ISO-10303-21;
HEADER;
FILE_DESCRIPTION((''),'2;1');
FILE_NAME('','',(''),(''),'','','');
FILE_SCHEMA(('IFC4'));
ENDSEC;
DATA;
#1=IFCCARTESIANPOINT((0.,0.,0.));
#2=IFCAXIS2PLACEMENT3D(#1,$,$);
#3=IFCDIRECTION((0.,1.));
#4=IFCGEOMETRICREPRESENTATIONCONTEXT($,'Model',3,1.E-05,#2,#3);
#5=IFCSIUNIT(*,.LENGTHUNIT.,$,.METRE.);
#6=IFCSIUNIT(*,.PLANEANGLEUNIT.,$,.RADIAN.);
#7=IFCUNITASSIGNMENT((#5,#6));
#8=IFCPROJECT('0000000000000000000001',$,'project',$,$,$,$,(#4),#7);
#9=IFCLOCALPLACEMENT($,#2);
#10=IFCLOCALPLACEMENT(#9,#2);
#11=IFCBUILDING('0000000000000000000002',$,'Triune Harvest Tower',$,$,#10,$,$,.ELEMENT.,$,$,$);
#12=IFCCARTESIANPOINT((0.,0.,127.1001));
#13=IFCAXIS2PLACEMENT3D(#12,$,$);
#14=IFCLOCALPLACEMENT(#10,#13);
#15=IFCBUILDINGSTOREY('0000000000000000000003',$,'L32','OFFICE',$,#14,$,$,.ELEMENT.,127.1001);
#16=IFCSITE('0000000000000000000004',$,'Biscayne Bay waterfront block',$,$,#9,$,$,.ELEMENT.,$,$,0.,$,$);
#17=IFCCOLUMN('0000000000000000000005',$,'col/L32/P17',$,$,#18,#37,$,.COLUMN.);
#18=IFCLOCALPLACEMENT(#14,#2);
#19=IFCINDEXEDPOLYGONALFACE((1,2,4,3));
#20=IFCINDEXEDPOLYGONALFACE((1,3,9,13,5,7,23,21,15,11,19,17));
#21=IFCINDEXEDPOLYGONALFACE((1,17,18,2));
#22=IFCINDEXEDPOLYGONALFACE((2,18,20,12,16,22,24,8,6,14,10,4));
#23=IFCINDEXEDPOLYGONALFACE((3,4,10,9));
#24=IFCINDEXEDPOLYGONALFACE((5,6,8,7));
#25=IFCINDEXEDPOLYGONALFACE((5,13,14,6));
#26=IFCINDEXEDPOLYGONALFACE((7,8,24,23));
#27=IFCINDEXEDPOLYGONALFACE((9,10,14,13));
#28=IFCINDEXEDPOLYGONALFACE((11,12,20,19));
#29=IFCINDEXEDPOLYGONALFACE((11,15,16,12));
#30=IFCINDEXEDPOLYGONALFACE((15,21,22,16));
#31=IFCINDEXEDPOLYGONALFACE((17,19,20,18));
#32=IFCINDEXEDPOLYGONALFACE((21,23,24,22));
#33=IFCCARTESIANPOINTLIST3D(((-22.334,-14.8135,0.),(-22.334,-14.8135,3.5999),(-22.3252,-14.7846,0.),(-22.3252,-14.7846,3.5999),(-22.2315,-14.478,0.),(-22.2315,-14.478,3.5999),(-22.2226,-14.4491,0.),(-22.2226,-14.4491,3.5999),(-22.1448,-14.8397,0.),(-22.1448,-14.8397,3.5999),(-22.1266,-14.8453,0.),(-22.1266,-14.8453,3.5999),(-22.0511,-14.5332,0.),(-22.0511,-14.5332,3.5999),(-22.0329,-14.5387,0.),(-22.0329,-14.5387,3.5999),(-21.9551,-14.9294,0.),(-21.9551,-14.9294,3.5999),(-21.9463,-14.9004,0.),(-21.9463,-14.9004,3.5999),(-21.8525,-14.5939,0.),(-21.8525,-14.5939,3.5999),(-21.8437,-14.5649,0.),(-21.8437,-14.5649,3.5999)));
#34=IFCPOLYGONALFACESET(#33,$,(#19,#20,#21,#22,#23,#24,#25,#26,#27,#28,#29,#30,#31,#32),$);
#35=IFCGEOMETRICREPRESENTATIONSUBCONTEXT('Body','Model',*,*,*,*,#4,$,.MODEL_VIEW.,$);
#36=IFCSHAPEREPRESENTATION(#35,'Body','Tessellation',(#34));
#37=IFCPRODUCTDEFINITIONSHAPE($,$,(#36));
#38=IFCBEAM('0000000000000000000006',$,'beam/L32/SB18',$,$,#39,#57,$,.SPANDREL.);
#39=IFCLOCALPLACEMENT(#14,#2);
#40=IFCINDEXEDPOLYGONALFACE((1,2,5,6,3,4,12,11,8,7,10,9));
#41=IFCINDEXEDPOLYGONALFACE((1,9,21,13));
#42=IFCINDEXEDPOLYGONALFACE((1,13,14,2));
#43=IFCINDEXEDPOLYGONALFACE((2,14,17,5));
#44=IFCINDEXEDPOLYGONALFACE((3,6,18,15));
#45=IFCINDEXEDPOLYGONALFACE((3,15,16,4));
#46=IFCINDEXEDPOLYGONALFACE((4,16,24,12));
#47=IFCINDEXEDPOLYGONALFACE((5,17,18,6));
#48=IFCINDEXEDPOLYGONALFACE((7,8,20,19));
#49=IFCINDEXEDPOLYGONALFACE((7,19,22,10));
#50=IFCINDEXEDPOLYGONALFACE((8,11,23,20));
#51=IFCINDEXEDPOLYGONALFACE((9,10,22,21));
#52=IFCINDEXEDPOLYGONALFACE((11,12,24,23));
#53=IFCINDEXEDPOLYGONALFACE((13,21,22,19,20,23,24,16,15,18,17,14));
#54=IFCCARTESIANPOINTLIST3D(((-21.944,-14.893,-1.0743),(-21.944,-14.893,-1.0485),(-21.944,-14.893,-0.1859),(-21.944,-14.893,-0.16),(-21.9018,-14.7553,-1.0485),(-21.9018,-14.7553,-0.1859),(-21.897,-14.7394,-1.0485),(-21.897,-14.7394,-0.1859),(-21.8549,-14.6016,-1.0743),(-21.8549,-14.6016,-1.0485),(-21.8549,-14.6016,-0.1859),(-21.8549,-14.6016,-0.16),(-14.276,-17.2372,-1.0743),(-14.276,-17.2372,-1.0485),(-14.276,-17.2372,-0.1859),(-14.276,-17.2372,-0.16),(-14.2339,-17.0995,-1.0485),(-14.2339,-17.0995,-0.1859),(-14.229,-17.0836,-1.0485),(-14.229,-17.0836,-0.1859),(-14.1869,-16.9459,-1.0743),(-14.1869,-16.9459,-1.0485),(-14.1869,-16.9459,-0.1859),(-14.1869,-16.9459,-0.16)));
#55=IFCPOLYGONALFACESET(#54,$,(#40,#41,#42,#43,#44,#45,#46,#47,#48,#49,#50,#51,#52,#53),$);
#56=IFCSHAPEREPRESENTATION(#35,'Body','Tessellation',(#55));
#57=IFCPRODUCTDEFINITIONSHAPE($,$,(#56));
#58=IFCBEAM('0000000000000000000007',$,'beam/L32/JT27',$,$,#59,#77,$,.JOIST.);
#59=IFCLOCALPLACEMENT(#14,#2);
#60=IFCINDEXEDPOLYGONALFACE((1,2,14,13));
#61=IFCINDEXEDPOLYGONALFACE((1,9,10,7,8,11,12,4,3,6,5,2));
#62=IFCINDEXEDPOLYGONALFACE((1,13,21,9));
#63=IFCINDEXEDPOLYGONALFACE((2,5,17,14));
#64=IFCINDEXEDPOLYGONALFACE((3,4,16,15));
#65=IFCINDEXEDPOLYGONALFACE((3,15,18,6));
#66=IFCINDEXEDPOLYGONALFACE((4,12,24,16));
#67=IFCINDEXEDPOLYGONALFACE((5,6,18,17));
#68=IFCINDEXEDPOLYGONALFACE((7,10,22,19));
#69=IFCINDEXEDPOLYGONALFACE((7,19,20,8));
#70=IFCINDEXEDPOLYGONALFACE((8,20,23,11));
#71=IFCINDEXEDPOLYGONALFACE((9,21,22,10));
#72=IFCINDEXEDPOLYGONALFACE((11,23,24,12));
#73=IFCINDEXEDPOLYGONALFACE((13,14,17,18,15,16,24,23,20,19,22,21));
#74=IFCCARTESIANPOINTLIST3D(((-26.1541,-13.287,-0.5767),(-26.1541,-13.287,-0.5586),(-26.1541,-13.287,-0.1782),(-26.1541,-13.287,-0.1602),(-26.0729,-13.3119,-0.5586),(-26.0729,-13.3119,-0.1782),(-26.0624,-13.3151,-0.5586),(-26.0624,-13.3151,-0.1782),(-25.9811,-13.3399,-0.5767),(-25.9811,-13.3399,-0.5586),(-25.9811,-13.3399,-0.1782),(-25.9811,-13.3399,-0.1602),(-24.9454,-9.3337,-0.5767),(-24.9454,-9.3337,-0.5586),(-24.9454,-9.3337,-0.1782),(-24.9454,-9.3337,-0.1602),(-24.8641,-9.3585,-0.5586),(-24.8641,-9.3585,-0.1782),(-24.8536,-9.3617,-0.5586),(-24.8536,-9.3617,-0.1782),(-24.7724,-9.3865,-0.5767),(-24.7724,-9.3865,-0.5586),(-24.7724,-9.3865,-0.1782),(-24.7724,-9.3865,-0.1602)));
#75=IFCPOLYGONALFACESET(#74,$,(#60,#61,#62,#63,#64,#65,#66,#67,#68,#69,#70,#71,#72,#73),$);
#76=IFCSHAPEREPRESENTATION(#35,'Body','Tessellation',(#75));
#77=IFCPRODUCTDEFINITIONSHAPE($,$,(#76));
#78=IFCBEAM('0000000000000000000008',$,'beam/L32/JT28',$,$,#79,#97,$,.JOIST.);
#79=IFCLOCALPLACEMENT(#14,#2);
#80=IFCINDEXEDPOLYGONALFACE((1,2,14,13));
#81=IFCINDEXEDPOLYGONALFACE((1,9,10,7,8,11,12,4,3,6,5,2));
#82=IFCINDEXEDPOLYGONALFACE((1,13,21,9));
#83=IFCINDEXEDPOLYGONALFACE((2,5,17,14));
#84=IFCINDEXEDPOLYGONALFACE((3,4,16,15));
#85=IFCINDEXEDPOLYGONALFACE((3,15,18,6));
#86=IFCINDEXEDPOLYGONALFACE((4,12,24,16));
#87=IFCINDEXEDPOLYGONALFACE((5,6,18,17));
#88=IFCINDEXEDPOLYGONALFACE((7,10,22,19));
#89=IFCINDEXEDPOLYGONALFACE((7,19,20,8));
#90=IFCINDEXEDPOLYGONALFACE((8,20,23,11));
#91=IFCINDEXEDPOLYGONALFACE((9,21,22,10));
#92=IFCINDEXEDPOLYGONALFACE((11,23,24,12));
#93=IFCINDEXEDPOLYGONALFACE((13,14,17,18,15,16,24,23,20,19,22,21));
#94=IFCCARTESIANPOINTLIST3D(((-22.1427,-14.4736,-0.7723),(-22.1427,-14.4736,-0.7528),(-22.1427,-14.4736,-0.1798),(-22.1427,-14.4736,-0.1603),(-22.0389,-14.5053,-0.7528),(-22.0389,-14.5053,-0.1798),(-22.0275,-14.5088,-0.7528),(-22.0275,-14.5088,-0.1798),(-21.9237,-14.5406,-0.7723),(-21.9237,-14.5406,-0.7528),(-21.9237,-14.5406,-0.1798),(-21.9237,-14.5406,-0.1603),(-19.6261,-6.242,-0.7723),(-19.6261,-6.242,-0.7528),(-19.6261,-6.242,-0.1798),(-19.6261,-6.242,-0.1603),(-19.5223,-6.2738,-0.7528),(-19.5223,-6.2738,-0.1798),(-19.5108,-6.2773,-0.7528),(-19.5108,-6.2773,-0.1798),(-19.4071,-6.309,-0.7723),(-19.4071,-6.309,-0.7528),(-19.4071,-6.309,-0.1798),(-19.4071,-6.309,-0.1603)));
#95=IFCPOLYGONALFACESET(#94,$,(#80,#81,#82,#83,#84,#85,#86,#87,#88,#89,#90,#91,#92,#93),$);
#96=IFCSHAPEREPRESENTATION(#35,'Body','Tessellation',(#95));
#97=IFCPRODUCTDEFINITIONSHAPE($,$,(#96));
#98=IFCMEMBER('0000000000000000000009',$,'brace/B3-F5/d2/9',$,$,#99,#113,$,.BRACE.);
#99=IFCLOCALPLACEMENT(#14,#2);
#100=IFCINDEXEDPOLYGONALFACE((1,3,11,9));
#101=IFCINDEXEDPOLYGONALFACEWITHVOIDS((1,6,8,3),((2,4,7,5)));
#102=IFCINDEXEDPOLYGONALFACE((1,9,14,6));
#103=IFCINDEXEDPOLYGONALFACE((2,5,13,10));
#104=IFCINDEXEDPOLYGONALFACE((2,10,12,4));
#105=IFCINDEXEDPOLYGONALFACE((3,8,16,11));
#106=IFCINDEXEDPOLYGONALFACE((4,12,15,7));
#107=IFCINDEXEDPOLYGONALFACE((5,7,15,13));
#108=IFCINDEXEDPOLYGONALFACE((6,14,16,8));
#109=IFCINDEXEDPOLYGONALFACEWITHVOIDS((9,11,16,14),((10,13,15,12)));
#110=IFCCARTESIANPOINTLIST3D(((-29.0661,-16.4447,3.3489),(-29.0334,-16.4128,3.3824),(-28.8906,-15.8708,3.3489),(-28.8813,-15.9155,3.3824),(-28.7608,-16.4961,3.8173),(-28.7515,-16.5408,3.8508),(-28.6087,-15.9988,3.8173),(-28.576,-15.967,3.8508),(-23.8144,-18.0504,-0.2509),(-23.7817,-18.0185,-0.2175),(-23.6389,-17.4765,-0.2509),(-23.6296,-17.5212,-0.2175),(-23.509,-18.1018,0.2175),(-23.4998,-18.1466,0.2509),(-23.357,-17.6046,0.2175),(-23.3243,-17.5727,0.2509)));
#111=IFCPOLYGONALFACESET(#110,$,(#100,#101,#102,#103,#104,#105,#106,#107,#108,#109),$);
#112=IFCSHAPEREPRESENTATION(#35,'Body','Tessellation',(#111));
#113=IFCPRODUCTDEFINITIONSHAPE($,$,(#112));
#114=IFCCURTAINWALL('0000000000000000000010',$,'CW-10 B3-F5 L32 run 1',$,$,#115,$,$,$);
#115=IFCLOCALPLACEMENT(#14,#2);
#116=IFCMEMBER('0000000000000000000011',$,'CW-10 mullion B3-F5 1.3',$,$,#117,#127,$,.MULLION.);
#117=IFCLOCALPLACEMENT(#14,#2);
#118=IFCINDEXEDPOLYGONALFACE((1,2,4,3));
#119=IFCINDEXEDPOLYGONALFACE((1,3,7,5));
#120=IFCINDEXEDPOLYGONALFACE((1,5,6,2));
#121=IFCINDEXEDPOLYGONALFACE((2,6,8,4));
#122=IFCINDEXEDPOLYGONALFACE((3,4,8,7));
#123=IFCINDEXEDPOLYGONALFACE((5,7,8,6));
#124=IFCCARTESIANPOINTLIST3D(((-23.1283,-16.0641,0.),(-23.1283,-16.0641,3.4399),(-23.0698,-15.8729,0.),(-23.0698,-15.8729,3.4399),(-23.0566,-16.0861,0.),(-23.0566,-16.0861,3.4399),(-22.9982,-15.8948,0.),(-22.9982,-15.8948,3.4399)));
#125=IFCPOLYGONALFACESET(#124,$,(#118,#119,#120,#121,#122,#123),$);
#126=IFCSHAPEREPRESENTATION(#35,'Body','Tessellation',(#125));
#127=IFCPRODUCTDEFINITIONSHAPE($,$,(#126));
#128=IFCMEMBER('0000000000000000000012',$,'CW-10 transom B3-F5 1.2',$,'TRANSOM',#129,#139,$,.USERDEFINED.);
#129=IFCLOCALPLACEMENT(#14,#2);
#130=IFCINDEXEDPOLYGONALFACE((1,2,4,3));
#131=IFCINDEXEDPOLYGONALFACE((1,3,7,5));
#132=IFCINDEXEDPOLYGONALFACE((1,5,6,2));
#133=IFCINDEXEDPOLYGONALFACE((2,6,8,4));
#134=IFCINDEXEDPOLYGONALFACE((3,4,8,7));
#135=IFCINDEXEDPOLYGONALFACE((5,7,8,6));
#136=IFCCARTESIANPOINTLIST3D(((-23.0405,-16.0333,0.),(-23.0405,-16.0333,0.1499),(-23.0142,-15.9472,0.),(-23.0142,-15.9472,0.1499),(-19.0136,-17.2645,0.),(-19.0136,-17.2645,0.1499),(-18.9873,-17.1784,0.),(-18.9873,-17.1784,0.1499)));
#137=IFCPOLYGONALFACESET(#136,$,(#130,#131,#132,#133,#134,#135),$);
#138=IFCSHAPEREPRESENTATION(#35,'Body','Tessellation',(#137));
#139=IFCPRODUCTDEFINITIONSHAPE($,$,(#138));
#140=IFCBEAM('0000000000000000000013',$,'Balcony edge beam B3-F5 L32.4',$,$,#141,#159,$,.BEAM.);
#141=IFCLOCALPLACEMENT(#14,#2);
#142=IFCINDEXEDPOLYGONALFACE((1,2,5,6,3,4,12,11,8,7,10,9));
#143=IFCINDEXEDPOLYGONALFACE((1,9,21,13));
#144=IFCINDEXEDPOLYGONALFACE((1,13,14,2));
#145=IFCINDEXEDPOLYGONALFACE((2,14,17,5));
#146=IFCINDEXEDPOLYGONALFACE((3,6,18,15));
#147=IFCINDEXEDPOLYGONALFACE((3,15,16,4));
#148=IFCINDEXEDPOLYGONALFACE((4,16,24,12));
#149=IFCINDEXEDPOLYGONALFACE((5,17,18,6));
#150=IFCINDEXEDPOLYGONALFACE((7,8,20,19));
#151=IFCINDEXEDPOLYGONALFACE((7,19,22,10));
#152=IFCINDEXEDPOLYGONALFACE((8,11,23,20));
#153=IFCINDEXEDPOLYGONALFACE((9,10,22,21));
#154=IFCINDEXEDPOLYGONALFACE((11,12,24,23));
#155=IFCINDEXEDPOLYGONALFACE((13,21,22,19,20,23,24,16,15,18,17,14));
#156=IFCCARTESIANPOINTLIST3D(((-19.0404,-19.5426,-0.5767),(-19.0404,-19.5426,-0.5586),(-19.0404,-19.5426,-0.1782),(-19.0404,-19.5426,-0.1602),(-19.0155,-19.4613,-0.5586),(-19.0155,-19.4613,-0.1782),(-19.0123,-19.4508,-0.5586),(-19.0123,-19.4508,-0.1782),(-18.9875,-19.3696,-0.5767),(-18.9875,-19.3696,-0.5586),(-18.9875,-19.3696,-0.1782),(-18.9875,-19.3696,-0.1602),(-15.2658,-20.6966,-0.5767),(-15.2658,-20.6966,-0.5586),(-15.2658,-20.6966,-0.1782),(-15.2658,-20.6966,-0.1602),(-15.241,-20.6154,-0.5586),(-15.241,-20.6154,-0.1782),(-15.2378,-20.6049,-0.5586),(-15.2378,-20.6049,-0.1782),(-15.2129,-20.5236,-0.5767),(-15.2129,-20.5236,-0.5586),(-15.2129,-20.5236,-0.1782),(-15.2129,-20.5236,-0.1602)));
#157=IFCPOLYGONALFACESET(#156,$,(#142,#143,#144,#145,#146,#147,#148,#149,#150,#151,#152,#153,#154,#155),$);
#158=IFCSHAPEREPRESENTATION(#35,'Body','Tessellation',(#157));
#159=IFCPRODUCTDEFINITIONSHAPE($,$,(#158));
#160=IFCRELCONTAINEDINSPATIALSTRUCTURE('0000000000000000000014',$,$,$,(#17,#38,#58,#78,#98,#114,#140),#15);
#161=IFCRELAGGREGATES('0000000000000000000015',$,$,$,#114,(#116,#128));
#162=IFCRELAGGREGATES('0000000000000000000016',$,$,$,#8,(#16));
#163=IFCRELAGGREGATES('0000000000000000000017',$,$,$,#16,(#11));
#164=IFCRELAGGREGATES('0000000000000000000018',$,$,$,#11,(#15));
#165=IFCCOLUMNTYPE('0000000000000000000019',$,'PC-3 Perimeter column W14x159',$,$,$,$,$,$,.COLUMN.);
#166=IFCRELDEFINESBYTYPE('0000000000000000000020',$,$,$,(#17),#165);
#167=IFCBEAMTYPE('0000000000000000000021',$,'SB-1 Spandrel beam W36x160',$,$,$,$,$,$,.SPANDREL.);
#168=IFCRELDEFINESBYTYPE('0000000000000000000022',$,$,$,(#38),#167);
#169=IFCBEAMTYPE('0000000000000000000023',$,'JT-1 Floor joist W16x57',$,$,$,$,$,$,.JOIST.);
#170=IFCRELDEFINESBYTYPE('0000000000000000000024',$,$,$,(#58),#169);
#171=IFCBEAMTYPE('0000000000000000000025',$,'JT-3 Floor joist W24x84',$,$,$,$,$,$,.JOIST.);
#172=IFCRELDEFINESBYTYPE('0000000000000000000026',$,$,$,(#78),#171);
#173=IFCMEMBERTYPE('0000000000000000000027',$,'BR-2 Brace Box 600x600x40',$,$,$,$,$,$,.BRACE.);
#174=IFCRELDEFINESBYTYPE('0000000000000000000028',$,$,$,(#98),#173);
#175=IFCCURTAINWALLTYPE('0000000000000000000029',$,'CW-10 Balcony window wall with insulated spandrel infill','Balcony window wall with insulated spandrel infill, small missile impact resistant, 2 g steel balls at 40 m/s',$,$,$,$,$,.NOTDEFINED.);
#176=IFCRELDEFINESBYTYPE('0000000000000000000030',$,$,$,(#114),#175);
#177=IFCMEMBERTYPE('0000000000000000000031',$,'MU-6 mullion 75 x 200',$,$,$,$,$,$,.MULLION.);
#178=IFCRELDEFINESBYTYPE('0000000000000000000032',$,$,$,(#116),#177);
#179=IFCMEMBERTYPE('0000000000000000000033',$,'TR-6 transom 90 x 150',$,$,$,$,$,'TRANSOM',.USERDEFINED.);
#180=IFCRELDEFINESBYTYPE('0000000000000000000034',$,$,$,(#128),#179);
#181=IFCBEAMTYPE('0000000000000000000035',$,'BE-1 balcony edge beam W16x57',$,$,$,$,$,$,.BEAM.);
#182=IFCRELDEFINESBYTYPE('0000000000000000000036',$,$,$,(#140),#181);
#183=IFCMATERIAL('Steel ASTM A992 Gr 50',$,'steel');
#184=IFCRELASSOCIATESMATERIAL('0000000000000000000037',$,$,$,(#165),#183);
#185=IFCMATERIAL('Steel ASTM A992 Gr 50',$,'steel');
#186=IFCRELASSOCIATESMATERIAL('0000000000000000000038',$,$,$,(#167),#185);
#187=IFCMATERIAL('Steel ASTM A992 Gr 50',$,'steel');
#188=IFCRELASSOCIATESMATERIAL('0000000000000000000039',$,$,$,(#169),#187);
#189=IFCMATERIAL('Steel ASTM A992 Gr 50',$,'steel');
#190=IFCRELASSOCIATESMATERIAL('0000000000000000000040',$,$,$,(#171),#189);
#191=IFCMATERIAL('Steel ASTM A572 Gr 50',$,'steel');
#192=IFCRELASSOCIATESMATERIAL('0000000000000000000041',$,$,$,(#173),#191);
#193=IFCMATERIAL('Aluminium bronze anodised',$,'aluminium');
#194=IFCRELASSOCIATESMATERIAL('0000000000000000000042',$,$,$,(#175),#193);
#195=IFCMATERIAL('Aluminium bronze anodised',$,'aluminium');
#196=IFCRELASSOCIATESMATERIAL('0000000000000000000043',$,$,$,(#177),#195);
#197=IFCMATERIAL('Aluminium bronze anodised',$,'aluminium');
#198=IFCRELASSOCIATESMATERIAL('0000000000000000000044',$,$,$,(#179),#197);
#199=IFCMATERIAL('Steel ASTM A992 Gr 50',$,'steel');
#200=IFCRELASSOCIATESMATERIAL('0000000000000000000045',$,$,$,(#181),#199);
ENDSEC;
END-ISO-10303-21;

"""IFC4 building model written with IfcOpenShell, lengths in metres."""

from ifc_helpers import new_model, si_unit, direction, frame, origin, origin_2d, place, context, subcontext, project, spatial, rectangle, hollow_rectangle, i_section, extrude, source, transform, mapped, material, material_profile, profile_set, type_object, element, aggregate, save


model = new_model("IFC4")

# Units and contexts
model_context = context("Model", 3, precision=1e-05, world=origin(), true_north=direction((0.0, 1.0)))
body_context = subcontext(model_context, "Body", "Model", "MODEL_VIEW")
ifc_project = project(units=[si_unit("LENGTHUNIT", "METRE"), si_unit("PLANEANGLEUNIT", "RADIAN")], contexts=[model_context])

# Site, building, storey
site_placement = place(None, origin())
site = spatial("IfcSite", under=ifc_project, at=site_placement, Name="Biscayne Bay waterfront block", CompositionType="ELEMENT", RefElevation=0.0)
building_placement = place(site_placement, origin())
building = spatial("IfcBuilding", under=site, at=building_placement, Name="Triune Harvest Tower", CompositionType="ELEMENT")
storey_placement = place(building_placement, frame((0.0, 0.0, 127.1001)))
storey = spatial("IfcBuildingStorey", under=building, at=storey_placement, Name="L32", Description="OFFICE", CompositionType="ELEMENT", Elevation=127.1001)

# Column
ifc_material_1 = material(Name="Steel ASTM A992 Gr 50", Category="steel")
ifc_material_profile_1 = material_profile(ifc_material_1, i_section(OverallWidth=0.3962, OverallDepth=0.3811, WebThickness=0.019, FlangeThickness=0.0303, at=origin_2d()), Name="W14x159")
ifc_profile_set_1 = profile_set([ifc_material_profile_1], Name="Steel ASTM A992 Gr 50")
column_type = type_object("IfcColumnType", Name="PC-3 Perimeter column W14x159", PredefinedType="COLUMN", material=ifc_profile_set_1)
shared_shape_1 = source(origin(), body_context, "Body", "SweptSolid", [
    extrude(i_section(OverallWidth=0.3962, OverallDepth=0.3811, WebThickness=0.019, FlangeThickness=0.0303, at=origin_2d()), origin(), (0.0, 0.0, 1.0), 3.5999),
])
column_placement = place(storey_placement, frame((-22.0889, -14.6892, 0.0), z_axis=(0.0, 0.0, 1.0), x_axis=(0.956305, -0.292372, 0.0)))
element("IfcColumn", 1, at=column_placement, inside=storey, type_object=column_type, Name="col/L32/P17", PredefinedType="COLUMN", context=body_context, shape_type="MappedRepresentation", body=[
    mapped(shared_shape_1, transform((0.0, 0.0, 0.0), scale=1.0)),
])

# Beams
ifc_material_2 = material(Name="Steel ASTM A992 Gr 50", Category="steel")
ifc_material_profile_2 = material_profile(ifc_material_2, i_section(OverallWidth=0.3047, OverallDepth=0.9143, WebThickness=0.0166, FlangeThickness=0.0259, at=origin_2d()), Name="W36x160")
ifc_profile_set_2 = profile_set([ifc_material_profile_2], Name="Steel ASTM A992 Gr 50")
beam_type_1 = type_object("IfcBeamType", Name="SB-1 Spandrel beam W36x160", PredefinedType="SPANDREL", material=ifc_profile_set_2)
shared_shape_2 = source(origin(), body_context, "Body", "SweptSolid", [
    extrude(i_section(OverallWidth=0.3047, OverallDepth=0.9143, WebThickness=0.0166, FlangeThickness=0.0259, at=origin_2d()), origin(), (0.0, 0.0, 1.0), 8.0183),
])
beam_1_placement = place(storey_placement, frame((-21.8994, -14.7473, -0.6172), z_axis=(0.956308, -0.292361, 0.0), x_axis=(0.292361, 0.956308, 0.0)))
element("IfcBeam", 2, at=beam_1_placement, inside=storey, type_object=beam_type_1, Name="beam/L32/SB18", PredefinedType="SPANDREL", context=body_context, shape_type="MappedRepresentation", body=[
    mapped(shared_shape_2, transform((0.0, 0.0, 0.0), scale=1.0)),
])
ifc_material_3 = material(Name="Steel ASTM A992 Gr 50", Category="steel")
ifc_material_profile_3 = material_profile(ifc_material_3, i_section(OverallWidth=0.1809, OverallDepth=0.4165, WebThickness=0.011, FlangeThickness=0.0181, at=origin_2d()), Name="W16x57")
ifc_profile_set_3 = profile_set([ifc_material_profile_3], Name="Steel ASTM A992 Gr 50")
beam_type_2 = type_object("IfcBeamType", Name="JT-1 Floor joist W16x57", PredefinedType="JOIST", material=ifc_profile_set_3)
shared_shape_3 = source(origin(), body_context, "Body", "SweptSolid", [
    extrude(i_section(OverallWidth=0.1809, OverallDepth=0.4165, WebThickness=0.011, FlangeThickness=0.0181, at=origin_2d()), origin(), (0.0, 0.0, 1.0), 4.134),
])
beam_2_placement = place(storey_placement, frame((-26.0676, -13.3135, -0.3684), z_axis=(0.292388, 0.9563, 0.0), x_axis=(-0.9563, 0.292388, 0.0)))
element("IfcBeam", 3, at=beam_2_placement, inside=storey, type_object=beam_type_2, Name="beam/L32/JT27", PredefinedType="JOIST", context=body_context, shape_type="MappedRepresentation", body=[
    mapped(shared_shape_3, transform((0.0, 0.0, 0.0), scale=1.0)),
])
ifc_material_4 = material(Name="Steel ASTM A992 Gr 50", Category="steel")
ifc_material_profile_4 = material_profile(ifc_material_4, i_section(OverallWidth=0.229, OverallDepth=0.6121, WebThickness=0.012, FlangeThickness=0.0195, at=origin_2d()), Name="W24x84")
ifc_profile_set_4 = profile_set([ifc_material_profile_4], Name="Steel ASTM A992 Gr 50")
beam_type_3 = type_object("IfcBeamType", Name="JT-3 Floor joist W24x84", PredefinedType="JOIST", material=ifc_profile_set_4)
shared_shape_4 = source(origin(), body_context, "Body", "SweptSolid", [
    extrude(i_section(OverallWidth=0.229, OverallDepth=0.6121, WebThickness=0.012, FlangeThickness=0.0195, at=origin_2d()), origin(), (0.0, 0.0, 1.0), 8.6077),
])
beam_3_placement = place(storey_placement, frame((-22.0332, -14.5071, -0.4663), z_axis=(0.292371, 0.956305, 0.0), x_axis=(-0.956305, 0.292371, 0.0)))
element("IfcBeam", 4, at=beam_3_placement, inside=storey, type_object=beam_type_3, Name="beam/L32/JT28", PredefinedType="JOIST", context=body_context, shape_type="MappedRepresentation", body=[
    mapped(shared_shape_4, transform((0.0, 0.0, 0.0), scale=1.0)),
])

# Member
ifc_material_5 = material(Name="Steel ASTM A572 Gr 50", Category="steel")
ifc_material_profile_5 = material_profile(ifc_material_5, hollow_rectangle(XDim=0.6001, YDim=0.6001, WallThickness=0.04, at=origin_2d()), Name="Box 600x600x40")
ifc_profile_set_5 = profile_set([ifc_material_profile_5], Name="Steel ASTM A572 Gr 50")
member_type_1 = type_object("IfcMemberType", Name="BR-2 Brace Box 600x600x40", PredefinedType="BRACE", material=ifc_profile_set_5)
shared_shape_5 = source(origin(), body_context, "Body", "SweptSolid", [
    extrude(hollow_rectangle(XDim=0.6001, YDim=0.6001, WallThickness=0.04, at=origin_2d()), origin(), (0.0, 0.0, 1.0), 6.5664),
])
member_1_placement = place(storey_placement, frame((-23.5693, -17.8115, 0.0), z_axis=(-0.799784, 0.244534, 0.548223), x_axis=(-0.292389, -0.956299, 0.0)))
element("IfcMember", 5, at=member_1_placement, inside=storey, type_object=member_type_1, Name="brace/B3-F5/d2/9", PredefinedType="BRACE", context=body_context, shape_type="MappedRepresentation", body=[
    mapped(shared_shape_5, transform((0.0, 0.0, 0.0), scale=1.0)),
])

# Curtain wall, members
ifc_material_6 = material(Name="Aluminium bronze anodised", Category="aluminium")
curtain_wall_type = type_object("IfcCurtainWallType", Name="CW-10 Balcony window wall with insulated spandrel infill", Description="Balcony window wall with insulated spandrel infill, small missile impact resistant, 2 g steel balls at 40 m/s", PredefinedType="NOTDEFINED", material=ifc_material_6)
curtain_wall_placement = place(storey_placement, origin())
curtain_wall = element("IfcCurtainWall", 6, at=curtain_wall_placement, inside=storey, type_object=curtain_wall_type, Name="CW-10 B3-F5 L32 run 1")
ifc_material_7 = material(Name="Aluminium bronze anodised", Category="aluminium")
ifc_material_profile_6 = material_profile(ifc_material_7, rectangle(XDim=0.2, YDim=0.075, at=origin_2d()), Name="MU-6 mullion 75 x 200")
ifc_profile_set_6 = profile_set([ifc_material_profile_6], Name="Aluminium bronze anodised")
member_type_2 = type_object("IfcMemberType", Name="MU-6 mullion 75 x 200", PredefinedType="MULLION", material=ifc_profile_set_6)
shared_shape_6 = source(origin(), body_context, "Body", "SweptSolid", [
    extrude(rectangle(XDim=0.2, YDim=0.075, at=origin_2d()), origin(), (0.0, 0.0, 1.0), 3.4399),
])
member_2_placement = place(storey_placement, frame((-23.0632, -15.9795, 0.0), z_axis=(0.0, 0.0, 1.0), x_axis=(0.292373, 0.956304, 0.0)))
member_2 = element("IfcMember", 7, at=member_2_placement, type_object=member_type_2, Name="CW-10 mullion B3-F5 1.3", PredefinedType="MULLION", context=body_context, shape_type="MappedRepresentation", body=[
    mapped(shared_shape_6, transform((0.0, 0.0, 0.0), scale=1.0)),
])
ifc_material_8 = material(Name="Aluminium bronze anodised", Category="aluminium")
ifc_material_profile_7 = material_profile(ifc_material_8, rectangle(XDim=0.0901, YDim=0.1499, at=origin_2d()), Name="TR-6 transom 90 x 150")
ifc_profile_set_7 = profile_set([ifc_material_profile_7], Name="Aluminium bronze anodised")
member_type_3 = type_object("IfcMemberType", Name="TR-6 transom 90 x 150", ElementType="TRANSOM", PredefinedType="USERDEFINED", material=ifc_profile_set_7)
shared_shape_7 = source(origin(), body_context, "Body", "SweptSolid", [
    extrude(rectangle(XDim=0.0901, YDim=0.1499, at=origin_2d()), origin(), (0.0, 0.0, 1.0), 4.2109),
])
member_3_placement = place(storey_placement, frame((-23.0273, -15.9902, 0.075), z_axis=(0.9563, -0.292386, 0.0), x_axis=(0.292386, 0.9563, 0.0)))
member_3 = element("IfcMember", 8, at=member_3_placement, type_object=member_type_3, Name="CW-10 transom B3-F5 1.2", ObjectType="TRANSOM", PredefinedType="USERDEFINED", context=body_context, shape_type="MappedRepresentation", body=[
    mapped(shared_shape_7, transform((0.0, 0.0, 0.0), scale=1.0)),
])

# Beam
ifc_material_9 = material(Name="Steel ASTM A992 Gr 50", Category="steel")
ifc_material_profile_8 = material_profile(ifc_material_9, i_section(OverallWidth=0.1809, OverallDepth=0.4165, WebThickness=0.011, FlangeThickness=0.0181, at=origin_2d()), Name="W16x57")
ifc_profile_set_8 = profile_set([ifc_material_profile_8], Name="Steel ASTM A992 Gr 50")
beam_type_4 = type_object("IfcBeamType", Name="BE-1 balcony edge beam W16x57", PredefinedType="BEAM", material=ifc_profile_set_8)
shared_shape_8 = source(origin(), body_context, "Body", "SweptSolid", [
    extrude(i_section(OverallWidth=0.1809, OverallDepth=0.4165, WebThickness=0.011, FlangeThickness=0.0181, at=origin_2d()), origin(), (0.0, 0.0, 1.0), 3.947),
])
beam_4_placement = place(storey_placement, frame((-19.0139, -19.4561, -0.3684), z_axis=(0.956298, -0.292395, 0.0), x_axis=(0.292395, 0.956298, 0.0)))
element("IfcBeam", 9, at=beam_4_placement, inside=storey, type_object=beam_type_4, Name="Balcony edge beam B3-F5 L32.4", PredefinedType="BEAM", context=body_context, shape_type="MappedRepresentation", body=[
    mapped(shared_shape_8, transform((0.0, 0.0, 0.0), scale=1.0)),
])

aggregate(curtain_wall, [member_2, member_3])

save(model, "model.ifc")
